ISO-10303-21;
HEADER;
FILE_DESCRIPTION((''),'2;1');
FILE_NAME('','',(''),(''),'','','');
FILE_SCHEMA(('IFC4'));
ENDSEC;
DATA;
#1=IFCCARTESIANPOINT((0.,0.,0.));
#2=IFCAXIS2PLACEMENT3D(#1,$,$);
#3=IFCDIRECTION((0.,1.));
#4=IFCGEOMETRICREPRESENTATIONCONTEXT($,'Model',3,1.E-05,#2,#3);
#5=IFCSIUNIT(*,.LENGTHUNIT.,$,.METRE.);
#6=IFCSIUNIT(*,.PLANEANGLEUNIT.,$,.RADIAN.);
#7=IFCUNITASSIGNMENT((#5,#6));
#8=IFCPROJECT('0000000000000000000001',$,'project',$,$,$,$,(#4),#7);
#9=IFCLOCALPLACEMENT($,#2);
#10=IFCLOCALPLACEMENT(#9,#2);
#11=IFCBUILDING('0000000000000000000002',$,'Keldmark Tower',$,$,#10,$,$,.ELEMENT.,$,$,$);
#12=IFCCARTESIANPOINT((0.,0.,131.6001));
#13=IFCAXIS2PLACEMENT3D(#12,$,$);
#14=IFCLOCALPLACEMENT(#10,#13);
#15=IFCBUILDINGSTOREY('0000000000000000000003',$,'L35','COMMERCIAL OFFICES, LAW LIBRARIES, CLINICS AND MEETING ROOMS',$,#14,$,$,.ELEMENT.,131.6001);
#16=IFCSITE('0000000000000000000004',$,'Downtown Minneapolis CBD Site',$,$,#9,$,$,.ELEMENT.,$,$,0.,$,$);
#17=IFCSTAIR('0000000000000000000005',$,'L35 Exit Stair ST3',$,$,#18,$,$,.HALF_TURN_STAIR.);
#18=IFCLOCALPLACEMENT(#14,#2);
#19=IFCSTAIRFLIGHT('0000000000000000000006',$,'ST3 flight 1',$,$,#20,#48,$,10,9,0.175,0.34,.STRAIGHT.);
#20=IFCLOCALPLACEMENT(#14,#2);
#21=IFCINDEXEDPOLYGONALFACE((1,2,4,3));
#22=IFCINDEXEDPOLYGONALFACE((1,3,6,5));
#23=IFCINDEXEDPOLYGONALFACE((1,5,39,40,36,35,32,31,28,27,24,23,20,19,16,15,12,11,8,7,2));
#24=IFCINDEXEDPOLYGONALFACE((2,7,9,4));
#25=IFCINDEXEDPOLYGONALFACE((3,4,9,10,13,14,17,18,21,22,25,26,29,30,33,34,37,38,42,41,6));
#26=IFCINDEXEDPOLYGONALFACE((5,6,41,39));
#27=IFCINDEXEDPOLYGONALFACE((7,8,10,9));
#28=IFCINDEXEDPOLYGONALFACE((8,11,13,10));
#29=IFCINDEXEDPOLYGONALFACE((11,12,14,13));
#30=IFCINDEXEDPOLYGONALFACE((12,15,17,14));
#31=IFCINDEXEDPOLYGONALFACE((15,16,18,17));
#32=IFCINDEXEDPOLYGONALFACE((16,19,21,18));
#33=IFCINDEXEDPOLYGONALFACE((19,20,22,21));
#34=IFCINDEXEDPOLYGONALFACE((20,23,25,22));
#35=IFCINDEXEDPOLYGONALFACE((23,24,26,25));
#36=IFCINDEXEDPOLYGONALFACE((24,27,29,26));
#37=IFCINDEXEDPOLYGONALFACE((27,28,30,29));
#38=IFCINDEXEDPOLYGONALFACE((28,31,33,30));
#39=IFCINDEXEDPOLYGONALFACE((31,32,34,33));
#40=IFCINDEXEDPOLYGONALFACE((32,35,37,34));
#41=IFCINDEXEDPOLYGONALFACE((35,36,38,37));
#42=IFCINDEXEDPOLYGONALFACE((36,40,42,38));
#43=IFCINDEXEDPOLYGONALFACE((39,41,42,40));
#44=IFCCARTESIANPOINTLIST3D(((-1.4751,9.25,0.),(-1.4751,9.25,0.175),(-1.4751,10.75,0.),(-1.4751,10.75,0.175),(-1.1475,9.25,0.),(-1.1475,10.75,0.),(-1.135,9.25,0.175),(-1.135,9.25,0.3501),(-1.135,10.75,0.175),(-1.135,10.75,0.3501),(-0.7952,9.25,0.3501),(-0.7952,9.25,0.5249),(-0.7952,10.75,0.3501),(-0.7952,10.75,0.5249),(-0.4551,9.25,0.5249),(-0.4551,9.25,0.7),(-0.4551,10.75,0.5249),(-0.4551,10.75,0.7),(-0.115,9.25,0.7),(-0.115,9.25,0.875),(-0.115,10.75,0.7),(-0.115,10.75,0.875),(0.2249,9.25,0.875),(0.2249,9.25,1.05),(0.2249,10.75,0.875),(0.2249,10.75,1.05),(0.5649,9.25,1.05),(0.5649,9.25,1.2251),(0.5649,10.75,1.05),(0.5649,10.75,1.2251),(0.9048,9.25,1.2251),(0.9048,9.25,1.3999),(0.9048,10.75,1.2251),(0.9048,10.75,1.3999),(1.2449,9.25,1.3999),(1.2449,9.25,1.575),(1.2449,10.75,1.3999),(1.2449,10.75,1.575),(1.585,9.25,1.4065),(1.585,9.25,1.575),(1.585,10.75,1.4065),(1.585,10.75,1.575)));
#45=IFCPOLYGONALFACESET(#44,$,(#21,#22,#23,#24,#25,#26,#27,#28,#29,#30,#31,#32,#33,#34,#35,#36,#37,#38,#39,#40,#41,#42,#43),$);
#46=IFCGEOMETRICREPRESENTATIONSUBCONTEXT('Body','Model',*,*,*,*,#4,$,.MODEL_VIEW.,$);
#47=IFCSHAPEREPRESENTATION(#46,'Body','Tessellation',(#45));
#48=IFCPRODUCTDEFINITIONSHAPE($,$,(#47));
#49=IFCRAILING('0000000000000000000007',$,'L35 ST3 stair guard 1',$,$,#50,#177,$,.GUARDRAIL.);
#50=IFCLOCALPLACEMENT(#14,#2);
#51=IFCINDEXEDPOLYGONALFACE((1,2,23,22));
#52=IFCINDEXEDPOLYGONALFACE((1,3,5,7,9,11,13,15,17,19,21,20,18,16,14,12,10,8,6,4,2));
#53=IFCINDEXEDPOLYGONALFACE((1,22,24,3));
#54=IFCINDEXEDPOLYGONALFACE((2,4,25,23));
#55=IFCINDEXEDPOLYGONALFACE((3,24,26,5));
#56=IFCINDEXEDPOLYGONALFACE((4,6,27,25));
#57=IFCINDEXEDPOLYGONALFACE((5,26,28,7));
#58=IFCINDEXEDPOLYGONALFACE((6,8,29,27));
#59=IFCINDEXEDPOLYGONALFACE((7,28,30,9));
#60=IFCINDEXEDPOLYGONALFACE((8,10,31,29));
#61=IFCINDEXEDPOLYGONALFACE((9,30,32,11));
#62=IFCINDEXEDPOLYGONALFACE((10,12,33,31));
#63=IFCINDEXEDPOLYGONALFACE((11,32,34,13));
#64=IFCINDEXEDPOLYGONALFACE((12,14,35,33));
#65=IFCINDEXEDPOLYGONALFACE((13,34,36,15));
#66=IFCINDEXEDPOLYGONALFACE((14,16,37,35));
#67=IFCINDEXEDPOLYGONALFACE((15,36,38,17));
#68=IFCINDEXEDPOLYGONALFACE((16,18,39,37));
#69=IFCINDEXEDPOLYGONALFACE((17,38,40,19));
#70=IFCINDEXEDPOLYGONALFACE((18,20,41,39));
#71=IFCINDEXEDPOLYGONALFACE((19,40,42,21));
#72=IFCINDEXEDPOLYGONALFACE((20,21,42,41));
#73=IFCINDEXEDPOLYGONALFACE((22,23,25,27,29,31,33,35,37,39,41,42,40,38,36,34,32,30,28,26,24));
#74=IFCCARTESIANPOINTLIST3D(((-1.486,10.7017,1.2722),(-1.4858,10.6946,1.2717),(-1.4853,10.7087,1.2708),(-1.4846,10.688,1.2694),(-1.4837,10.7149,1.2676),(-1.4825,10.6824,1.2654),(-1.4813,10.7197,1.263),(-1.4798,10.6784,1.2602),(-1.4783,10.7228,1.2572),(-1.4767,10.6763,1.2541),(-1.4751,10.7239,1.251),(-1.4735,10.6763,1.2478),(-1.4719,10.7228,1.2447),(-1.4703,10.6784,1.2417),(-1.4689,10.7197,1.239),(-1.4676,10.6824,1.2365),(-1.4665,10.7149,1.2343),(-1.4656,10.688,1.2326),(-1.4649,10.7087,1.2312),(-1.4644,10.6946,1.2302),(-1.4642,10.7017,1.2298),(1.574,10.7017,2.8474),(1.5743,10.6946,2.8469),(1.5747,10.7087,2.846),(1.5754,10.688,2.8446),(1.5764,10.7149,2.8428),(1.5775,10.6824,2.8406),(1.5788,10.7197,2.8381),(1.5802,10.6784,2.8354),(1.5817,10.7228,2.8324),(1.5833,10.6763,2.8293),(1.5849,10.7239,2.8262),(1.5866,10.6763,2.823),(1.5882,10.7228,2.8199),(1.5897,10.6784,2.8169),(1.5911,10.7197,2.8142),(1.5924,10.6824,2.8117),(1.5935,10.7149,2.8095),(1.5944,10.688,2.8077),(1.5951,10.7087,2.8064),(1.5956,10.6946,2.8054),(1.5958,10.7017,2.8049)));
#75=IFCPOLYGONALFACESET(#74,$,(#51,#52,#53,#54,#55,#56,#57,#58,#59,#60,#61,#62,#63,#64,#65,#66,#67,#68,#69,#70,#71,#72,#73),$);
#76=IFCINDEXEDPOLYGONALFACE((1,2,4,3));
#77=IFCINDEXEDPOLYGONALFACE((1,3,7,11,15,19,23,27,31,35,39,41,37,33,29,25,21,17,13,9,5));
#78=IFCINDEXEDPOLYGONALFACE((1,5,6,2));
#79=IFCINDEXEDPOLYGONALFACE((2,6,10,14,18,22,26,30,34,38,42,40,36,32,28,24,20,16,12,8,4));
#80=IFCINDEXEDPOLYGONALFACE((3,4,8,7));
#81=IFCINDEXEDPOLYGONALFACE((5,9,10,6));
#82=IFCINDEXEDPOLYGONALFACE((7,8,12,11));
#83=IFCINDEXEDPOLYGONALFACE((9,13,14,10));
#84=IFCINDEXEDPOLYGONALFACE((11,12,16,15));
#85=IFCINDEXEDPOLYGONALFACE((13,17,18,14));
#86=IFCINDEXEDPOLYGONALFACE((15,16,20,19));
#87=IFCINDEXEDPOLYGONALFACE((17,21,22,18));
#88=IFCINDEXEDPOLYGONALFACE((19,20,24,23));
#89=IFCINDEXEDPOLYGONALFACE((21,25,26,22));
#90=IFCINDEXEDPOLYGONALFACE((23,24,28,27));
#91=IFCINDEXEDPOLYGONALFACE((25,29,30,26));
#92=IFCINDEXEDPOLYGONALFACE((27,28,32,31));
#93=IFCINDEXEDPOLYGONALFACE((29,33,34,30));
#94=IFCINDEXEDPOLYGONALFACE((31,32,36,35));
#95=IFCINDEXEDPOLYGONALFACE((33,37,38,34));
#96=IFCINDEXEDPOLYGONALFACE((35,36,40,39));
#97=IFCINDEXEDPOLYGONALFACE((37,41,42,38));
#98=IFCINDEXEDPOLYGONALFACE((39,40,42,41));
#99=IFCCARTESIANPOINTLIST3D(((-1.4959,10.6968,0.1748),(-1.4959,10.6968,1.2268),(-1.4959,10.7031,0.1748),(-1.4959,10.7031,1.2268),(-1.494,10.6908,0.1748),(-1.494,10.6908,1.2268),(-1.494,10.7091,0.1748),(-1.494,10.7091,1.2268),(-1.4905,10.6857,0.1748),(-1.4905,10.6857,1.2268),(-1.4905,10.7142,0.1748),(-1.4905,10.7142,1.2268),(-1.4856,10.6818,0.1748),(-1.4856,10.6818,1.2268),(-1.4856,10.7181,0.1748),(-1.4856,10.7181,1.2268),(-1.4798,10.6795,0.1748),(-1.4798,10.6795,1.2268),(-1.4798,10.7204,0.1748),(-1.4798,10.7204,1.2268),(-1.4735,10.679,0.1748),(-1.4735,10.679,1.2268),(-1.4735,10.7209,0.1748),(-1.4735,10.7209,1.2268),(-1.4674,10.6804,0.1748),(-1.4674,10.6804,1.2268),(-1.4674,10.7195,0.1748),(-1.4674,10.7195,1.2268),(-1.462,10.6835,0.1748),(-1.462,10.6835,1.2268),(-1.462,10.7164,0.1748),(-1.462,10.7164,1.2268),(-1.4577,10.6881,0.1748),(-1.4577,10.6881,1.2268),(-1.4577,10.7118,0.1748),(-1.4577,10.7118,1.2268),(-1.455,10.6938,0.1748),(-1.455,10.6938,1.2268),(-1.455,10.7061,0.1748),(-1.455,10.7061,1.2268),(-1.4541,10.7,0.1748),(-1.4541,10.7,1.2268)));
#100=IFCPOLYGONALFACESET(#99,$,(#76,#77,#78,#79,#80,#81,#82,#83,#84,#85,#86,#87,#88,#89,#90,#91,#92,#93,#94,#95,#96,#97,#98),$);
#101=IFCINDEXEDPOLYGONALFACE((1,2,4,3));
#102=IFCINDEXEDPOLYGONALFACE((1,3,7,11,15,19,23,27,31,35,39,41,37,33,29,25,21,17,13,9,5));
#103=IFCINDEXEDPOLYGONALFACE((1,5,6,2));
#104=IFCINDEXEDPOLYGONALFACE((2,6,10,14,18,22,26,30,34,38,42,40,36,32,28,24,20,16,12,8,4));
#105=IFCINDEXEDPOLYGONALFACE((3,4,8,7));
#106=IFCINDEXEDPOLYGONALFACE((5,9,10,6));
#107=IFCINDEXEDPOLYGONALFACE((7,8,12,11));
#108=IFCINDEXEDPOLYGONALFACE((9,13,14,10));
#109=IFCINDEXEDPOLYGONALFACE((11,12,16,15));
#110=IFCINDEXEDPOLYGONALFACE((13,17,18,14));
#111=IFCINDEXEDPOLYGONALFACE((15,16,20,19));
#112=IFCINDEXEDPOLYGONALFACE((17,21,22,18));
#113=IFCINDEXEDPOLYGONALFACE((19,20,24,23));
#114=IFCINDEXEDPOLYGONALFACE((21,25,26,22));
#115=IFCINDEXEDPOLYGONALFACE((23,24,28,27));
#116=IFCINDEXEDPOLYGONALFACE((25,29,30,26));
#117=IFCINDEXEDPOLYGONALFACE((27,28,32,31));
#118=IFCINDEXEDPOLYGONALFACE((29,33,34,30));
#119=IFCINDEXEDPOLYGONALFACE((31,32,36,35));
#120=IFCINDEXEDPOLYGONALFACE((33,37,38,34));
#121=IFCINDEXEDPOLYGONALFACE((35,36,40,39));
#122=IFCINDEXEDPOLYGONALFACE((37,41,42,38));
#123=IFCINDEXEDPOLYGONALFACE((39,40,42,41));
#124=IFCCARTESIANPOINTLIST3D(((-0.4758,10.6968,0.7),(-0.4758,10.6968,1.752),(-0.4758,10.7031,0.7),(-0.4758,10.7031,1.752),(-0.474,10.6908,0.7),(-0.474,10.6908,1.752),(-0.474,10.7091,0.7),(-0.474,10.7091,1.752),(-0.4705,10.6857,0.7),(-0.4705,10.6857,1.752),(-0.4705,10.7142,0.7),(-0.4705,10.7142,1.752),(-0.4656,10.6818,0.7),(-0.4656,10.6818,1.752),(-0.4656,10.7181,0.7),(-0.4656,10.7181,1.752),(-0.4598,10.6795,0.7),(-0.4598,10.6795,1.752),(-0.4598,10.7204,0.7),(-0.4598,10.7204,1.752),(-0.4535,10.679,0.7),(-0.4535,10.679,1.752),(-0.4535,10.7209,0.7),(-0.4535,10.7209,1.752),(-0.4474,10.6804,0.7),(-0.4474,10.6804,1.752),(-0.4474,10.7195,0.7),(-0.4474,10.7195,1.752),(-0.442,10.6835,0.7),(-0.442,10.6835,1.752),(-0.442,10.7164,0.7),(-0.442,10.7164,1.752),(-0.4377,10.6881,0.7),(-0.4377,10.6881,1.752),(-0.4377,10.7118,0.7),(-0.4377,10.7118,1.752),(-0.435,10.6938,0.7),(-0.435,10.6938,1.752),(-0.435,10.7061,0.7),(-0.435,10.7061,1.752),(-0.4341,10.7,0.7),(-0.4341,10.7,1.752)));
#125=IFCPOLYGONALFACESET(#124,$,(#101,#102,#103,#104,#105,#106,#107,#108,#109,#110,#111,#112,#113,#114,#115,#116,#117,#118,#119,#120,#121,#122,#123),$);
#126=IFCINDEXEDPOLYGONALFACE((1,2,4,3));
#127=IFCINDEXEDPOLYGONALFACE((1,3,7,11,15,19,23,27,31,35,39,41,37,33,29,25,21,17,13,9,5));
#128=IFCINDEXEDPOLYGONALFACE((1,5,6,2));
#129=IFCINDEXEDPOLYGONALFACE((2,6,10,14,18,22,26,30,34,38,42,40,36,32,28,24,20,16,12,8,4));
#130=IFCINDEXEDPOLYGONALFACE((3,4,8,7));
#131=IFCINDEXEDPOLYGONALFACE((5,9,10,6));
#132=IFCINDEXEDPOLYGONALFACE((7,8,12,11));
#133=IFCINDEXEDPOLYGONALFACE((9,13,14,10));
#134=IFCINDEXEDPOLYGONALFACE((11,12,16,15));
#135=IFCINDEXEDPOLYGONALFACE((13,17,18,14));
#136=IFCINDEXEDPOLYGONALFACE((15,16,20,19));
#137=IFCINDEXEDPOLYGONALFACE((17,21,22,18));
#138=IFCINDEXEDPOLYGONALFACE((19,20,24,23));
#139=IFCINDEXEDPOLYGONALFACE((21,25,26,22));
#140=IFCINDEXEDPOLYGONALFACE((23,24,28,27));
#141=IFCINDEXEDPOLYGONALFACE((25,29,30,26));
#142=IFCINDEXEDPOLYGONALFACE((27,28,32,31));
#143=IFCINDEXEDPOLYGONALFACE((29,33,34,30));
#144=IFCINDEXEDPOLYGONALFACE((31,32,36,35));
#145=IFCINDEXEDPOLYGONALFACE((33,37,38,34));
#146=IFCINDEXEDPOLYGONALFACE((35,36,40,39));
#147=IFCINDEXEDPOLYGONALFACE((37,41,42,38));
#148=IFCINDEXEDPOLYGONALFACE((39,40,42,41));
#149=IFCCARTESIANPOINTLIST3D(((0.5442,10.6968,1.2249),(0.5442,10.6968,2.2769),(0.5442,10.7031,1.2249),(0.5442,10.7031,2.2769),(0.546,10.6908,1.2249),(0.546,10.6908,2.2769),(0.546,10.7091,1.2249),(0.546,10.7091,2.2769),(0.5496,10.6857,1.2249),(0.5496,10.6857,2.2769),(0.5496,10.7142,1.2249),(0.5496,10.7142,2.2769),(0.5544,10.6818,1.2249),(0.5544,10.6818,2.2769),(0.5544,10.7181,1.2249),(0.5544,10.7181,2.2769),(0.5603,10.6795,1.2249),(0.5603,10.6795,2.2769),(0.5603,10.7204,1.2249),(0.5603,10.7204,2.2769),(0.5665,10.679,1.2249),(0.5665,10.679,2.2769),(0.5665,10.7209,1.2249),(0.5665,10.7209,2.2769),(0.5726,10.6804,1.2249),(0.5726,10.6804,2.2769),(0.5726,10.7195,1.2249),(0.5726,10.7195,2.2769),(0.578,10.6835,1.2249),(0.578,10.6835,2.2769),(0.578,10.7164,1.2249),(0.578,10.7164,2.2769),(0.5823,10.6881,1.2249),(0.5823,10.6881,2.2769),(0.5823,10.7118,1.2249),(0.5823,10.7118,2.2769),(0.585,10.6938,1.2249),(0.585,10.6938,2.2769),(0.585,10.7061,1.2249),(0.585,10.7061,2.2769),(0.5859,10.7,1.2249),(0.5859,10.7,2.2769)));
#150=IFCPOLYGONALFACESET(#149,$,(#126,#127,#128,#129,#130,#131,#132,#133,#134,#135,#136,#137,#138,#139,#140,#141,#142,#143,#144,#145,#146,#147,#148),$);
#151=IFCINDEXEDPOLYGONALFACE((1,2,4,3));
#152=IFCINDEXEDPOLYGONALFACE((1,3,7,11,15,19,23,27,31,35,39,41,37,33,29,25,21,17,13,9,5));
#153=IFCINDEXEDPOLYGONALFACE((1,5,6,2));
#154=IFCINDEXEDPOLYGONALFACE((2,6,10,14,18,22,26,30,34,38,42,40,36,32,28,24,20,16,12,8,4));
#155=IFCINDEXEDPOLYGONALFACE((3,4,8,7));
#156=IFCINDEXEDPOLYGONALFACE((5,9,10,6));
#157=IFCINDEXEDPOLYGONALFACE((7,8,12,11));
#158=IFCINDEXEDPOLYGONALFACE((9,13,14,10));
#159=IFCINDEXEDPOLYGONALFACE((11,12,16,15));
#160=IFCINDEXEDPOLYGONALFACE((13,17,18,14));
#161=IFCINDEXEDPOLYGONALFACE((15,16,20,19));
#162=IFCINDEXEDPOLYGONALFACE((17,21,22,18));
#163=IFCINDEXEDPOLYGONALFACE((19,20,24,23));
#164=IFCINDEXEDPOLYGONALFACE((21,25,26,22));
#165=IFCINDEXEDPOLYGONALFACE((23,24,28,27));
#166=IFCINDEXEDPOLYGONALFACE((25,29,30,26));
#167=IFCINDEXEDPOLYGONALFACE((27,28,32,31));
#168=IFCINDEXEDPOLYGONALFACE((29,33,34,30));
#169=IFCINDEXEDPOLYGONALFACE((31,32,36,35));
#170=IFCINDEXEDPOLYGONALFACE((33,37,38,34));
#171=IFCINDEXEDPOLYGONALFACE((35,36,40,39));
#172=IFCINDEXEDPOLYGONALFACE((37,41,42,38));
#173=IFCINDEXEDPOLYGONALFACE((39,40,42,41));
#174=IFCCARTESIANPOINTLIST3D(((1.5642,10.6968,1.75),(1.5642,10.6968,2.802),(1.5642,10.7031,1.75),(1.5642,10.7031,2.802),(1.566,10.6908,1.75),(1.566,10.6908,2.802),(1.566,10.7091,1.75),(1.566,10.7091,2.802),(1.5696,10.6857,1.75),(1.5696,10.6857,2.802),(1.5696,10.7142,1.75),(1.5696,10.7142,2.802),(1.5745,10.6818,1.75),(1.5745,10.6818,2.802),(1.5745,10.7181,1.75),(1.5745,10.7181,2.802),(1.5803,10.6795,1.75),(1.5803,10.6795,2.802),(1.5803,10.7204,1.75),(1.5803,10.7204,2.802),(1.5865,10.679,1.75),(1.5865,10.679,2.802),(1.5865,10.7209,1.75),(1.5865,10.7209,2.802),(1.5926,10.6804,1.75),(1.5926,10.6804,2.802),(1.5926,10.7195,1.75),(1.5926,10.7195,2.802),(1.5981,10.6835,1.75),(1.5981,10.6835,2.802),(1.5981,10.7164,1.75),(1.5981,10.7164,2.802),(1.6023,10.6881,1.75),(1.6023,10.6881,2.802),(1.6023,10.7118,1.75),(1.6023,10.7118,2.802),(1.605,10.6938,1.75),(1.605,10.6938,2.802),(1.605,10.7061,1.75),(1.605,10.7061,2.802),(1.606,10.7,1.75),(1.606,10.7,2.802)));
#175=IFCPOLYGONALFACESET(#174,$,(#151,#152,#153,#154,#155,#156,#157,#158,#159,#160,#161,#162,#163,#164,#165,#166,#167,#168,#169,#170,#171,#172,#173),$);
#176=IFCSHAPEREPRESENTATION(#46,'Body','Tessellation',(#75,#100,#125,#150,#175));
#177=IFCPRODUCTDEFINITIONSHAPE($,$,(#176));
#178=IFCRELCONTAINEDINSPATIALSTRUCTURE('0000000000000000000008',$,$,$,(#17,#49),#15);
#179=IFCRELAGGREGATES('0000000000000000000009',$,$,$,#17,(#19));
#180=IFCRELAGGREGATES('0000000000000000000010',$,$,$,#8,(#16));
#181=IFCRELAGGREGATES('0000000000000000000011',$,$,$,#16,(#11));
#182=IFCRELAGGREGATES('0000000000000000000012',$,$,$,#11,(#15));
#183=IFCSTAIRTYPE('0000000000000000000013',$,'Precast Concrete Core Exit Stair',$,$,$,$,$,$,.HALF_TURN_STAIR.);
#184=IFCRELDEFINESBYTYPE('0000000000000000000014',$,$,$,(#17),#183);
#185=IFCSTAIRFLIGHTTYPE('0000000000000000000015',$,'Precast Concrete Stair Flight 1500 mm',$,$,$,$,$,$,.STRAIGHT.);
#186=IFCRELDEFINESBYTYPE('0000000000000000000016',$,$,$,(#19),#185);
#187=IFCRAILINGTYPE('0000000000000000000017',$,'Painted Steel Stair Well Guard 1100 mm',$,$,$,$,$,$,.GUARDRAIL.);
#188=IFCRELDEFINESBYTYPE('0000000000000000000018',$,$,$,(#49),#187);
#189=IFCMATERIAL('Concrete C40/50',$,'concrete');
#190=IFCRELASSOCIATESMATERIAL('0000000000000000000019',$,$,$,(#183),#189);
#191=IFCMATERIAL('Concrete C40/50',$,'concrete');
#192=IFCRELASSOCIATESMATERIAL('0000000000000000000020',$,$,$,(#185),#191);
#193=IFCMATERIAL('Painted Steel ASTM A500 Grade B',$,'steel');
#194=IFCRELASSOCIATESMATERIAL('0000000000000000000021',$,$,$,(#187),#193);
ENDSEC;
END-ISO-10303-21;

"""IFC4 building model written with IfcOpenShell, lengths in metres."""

from ifc_helpers import new_model, si_unit, direction, frame, origin, origin_2d, place, context, subcontext, project, spatial, polyline, circle, outline, extrude, material, type_object, element, aggregate, save


model = new_model("IFC4")

# Units and contexts
model_context = context("Model", 3, precision=1e-05, world=origin(), true_north=direction((0.0, 1.0)))
body_context = subcontext(model_context, "Body", "Model", "MODEL_VIEW")
ifc_project = project(units=[si_unit("LENGTHUNIT", "METRE"), si_unit("PLANEANGLEUNIT", "RADIAN")], contexts=[model_context])

# Site, building, storey
site_placement = place(None, origin())
site = spatial("IfcSite", under=ifc_project, at=site_placement, Name="Downtown Minneapolis CBD Site", CompositionType="ELEMENT", RefElevation=0.0)
building_placement = place(site_placement, origin())
building = spatial("IfcBuilding", under=site, at=building_placement, Name="Keldmark Tower", CompositionType="ELEMENT")
storey_placement = place(building_placement, frame((0.0, 0.0, 131.6001)))
storey = spatial("IfcBuildingStorey", under=building, at=storey_placement, Name="L35", Description="COMMERCIAL OFFICES, LAW LIBRARIES, CLINICS AND MEETING ROOMS", CompositionType="ELEMENT", Elevation=131.6001)

# Stair, stair flight
ifc_material_1 = material(Name="Concrete C40/50", Category="concrete")
stair_type = type_object("IfcStairType", Name="Precast Concrete Core Exit Stair", PredefinedType="HALF_TURN_STAIR", material=ifc_material_1)
stair_placement = place(storey_placement, origin())
stair = element("IfcStair", 1, at=stair_placement, inside=storey, type_object=stair_type, Name="L35 Exit Stair ST3", PredefinedType="HALF_TURN_STAIR")
ifc_material_2 = material(Name="Concrete C40/50", Category="concrete")
stair_flight_type = type_object("IfcStairFlightType", Name="Precast Concrete Stair Flight 1500 mm", PredefinedType="STRAIGHT", material=ifc_material_2)
stair_flight_placement = place(storey_placement, frame((-1.4751, 10.0, 0.0), z_axis=(0.0, 0.0, 1.0), x_axis=(1.0, 0.0, 0.0)))
stair_flight = element("IfcStairFlight", 2, at=stair_flight_placement, type_object=stair_flight_type, Name="ST3 flight 1", NumberOfRisers=10, NumberOfTreads=9, PredefinedType="STRAIGHT", RiserHeight=0.175, TreadLength=0.34, context=body_context, shape_type="SweptSolid", body=[
    extrude(outline(polyline([(0.0, 0.0), (0.0, 0.175), (0.3401, 0.175), (0.3401, 0.3501), (0.6799, 0.3501), (0.6799, 0.5249), (1.02, 0.5249), (1.02, 0.7), (1.3601, 0.7), (1.3601, 0.875), (1.7, 0.875), (1.7, 1.05), (2.04, 1.05), (2.04, 1.2251), (2.3799, 1.2251), (2.3799, 1.3999), (2.72, 1.3999), (2.72, 1.575), (3.0601, 1.575), (3.0601, 1.75), (3.0601, 1.4065), (0.3276, 0.0), (0.0, 0.0)])), frame((0.0, 0.75, 0.0), z_axis=(0.0, -1.0, 0.0), x_axis=(1.0, 0.0, 0.0)), (0.0, 0.0, 1.0), 1.5),
])
aggregate(stair, [stair_flight])

# Railing
ifc_material_3 = material(Name="Painted Steel ASTM A500 Grade B", Category="steel")
railing_type_1 = type_object("IfcRailingType", Name="Painted Steel Stair Well Guard 1100 mm", PredefinedType="GUARDRAIL", material=ifc_material_3)
railing_1_placement = place(storey_placement, frame((-1.4751, 10.7, 0.1748)))
element("IfcRailing", 3, at=railing_1_placement, inside=storey, type_object=railing_type_1, Name="L35 ST3 stair guard 1", PredefinedType="GUARDRAIL", context=body_context, shape_type="SweptSolid", body=[
    extrude(circle(Radius=0.0239, at=origin_2d()), frame((0.0, 0.0, 1.0762), z_axis=(0.889116, 0.0, 0.457681), x_axis=(0.0, 1.0, 0.0)), (0.0, 0.0, 1.0), 3.4417),
    extrude(circle(Radius=0.021, at=origin_2d()), origin(), (0.0, 0.0, 1.0), 1.052),
    extrude(circle(Radius=0.021, at=origin_2d()), frame((1.02, 0.0, 0.5251)), (0.0, 0.0, 1.0), 1.052),
    extrude(circle(Radius=0.021, at=origin_2d()), frame((2.04, 0.0, 1.05)), (0.0, 0.0, 1.0), 1.052),
    extrude(circle(Radius=0.021, at=origin_2d()), frame((3.0601, 0.0, 1.5752)), (0.0, 0.0, 1.0), 1.052),
])

save(model, "model.ifc")
